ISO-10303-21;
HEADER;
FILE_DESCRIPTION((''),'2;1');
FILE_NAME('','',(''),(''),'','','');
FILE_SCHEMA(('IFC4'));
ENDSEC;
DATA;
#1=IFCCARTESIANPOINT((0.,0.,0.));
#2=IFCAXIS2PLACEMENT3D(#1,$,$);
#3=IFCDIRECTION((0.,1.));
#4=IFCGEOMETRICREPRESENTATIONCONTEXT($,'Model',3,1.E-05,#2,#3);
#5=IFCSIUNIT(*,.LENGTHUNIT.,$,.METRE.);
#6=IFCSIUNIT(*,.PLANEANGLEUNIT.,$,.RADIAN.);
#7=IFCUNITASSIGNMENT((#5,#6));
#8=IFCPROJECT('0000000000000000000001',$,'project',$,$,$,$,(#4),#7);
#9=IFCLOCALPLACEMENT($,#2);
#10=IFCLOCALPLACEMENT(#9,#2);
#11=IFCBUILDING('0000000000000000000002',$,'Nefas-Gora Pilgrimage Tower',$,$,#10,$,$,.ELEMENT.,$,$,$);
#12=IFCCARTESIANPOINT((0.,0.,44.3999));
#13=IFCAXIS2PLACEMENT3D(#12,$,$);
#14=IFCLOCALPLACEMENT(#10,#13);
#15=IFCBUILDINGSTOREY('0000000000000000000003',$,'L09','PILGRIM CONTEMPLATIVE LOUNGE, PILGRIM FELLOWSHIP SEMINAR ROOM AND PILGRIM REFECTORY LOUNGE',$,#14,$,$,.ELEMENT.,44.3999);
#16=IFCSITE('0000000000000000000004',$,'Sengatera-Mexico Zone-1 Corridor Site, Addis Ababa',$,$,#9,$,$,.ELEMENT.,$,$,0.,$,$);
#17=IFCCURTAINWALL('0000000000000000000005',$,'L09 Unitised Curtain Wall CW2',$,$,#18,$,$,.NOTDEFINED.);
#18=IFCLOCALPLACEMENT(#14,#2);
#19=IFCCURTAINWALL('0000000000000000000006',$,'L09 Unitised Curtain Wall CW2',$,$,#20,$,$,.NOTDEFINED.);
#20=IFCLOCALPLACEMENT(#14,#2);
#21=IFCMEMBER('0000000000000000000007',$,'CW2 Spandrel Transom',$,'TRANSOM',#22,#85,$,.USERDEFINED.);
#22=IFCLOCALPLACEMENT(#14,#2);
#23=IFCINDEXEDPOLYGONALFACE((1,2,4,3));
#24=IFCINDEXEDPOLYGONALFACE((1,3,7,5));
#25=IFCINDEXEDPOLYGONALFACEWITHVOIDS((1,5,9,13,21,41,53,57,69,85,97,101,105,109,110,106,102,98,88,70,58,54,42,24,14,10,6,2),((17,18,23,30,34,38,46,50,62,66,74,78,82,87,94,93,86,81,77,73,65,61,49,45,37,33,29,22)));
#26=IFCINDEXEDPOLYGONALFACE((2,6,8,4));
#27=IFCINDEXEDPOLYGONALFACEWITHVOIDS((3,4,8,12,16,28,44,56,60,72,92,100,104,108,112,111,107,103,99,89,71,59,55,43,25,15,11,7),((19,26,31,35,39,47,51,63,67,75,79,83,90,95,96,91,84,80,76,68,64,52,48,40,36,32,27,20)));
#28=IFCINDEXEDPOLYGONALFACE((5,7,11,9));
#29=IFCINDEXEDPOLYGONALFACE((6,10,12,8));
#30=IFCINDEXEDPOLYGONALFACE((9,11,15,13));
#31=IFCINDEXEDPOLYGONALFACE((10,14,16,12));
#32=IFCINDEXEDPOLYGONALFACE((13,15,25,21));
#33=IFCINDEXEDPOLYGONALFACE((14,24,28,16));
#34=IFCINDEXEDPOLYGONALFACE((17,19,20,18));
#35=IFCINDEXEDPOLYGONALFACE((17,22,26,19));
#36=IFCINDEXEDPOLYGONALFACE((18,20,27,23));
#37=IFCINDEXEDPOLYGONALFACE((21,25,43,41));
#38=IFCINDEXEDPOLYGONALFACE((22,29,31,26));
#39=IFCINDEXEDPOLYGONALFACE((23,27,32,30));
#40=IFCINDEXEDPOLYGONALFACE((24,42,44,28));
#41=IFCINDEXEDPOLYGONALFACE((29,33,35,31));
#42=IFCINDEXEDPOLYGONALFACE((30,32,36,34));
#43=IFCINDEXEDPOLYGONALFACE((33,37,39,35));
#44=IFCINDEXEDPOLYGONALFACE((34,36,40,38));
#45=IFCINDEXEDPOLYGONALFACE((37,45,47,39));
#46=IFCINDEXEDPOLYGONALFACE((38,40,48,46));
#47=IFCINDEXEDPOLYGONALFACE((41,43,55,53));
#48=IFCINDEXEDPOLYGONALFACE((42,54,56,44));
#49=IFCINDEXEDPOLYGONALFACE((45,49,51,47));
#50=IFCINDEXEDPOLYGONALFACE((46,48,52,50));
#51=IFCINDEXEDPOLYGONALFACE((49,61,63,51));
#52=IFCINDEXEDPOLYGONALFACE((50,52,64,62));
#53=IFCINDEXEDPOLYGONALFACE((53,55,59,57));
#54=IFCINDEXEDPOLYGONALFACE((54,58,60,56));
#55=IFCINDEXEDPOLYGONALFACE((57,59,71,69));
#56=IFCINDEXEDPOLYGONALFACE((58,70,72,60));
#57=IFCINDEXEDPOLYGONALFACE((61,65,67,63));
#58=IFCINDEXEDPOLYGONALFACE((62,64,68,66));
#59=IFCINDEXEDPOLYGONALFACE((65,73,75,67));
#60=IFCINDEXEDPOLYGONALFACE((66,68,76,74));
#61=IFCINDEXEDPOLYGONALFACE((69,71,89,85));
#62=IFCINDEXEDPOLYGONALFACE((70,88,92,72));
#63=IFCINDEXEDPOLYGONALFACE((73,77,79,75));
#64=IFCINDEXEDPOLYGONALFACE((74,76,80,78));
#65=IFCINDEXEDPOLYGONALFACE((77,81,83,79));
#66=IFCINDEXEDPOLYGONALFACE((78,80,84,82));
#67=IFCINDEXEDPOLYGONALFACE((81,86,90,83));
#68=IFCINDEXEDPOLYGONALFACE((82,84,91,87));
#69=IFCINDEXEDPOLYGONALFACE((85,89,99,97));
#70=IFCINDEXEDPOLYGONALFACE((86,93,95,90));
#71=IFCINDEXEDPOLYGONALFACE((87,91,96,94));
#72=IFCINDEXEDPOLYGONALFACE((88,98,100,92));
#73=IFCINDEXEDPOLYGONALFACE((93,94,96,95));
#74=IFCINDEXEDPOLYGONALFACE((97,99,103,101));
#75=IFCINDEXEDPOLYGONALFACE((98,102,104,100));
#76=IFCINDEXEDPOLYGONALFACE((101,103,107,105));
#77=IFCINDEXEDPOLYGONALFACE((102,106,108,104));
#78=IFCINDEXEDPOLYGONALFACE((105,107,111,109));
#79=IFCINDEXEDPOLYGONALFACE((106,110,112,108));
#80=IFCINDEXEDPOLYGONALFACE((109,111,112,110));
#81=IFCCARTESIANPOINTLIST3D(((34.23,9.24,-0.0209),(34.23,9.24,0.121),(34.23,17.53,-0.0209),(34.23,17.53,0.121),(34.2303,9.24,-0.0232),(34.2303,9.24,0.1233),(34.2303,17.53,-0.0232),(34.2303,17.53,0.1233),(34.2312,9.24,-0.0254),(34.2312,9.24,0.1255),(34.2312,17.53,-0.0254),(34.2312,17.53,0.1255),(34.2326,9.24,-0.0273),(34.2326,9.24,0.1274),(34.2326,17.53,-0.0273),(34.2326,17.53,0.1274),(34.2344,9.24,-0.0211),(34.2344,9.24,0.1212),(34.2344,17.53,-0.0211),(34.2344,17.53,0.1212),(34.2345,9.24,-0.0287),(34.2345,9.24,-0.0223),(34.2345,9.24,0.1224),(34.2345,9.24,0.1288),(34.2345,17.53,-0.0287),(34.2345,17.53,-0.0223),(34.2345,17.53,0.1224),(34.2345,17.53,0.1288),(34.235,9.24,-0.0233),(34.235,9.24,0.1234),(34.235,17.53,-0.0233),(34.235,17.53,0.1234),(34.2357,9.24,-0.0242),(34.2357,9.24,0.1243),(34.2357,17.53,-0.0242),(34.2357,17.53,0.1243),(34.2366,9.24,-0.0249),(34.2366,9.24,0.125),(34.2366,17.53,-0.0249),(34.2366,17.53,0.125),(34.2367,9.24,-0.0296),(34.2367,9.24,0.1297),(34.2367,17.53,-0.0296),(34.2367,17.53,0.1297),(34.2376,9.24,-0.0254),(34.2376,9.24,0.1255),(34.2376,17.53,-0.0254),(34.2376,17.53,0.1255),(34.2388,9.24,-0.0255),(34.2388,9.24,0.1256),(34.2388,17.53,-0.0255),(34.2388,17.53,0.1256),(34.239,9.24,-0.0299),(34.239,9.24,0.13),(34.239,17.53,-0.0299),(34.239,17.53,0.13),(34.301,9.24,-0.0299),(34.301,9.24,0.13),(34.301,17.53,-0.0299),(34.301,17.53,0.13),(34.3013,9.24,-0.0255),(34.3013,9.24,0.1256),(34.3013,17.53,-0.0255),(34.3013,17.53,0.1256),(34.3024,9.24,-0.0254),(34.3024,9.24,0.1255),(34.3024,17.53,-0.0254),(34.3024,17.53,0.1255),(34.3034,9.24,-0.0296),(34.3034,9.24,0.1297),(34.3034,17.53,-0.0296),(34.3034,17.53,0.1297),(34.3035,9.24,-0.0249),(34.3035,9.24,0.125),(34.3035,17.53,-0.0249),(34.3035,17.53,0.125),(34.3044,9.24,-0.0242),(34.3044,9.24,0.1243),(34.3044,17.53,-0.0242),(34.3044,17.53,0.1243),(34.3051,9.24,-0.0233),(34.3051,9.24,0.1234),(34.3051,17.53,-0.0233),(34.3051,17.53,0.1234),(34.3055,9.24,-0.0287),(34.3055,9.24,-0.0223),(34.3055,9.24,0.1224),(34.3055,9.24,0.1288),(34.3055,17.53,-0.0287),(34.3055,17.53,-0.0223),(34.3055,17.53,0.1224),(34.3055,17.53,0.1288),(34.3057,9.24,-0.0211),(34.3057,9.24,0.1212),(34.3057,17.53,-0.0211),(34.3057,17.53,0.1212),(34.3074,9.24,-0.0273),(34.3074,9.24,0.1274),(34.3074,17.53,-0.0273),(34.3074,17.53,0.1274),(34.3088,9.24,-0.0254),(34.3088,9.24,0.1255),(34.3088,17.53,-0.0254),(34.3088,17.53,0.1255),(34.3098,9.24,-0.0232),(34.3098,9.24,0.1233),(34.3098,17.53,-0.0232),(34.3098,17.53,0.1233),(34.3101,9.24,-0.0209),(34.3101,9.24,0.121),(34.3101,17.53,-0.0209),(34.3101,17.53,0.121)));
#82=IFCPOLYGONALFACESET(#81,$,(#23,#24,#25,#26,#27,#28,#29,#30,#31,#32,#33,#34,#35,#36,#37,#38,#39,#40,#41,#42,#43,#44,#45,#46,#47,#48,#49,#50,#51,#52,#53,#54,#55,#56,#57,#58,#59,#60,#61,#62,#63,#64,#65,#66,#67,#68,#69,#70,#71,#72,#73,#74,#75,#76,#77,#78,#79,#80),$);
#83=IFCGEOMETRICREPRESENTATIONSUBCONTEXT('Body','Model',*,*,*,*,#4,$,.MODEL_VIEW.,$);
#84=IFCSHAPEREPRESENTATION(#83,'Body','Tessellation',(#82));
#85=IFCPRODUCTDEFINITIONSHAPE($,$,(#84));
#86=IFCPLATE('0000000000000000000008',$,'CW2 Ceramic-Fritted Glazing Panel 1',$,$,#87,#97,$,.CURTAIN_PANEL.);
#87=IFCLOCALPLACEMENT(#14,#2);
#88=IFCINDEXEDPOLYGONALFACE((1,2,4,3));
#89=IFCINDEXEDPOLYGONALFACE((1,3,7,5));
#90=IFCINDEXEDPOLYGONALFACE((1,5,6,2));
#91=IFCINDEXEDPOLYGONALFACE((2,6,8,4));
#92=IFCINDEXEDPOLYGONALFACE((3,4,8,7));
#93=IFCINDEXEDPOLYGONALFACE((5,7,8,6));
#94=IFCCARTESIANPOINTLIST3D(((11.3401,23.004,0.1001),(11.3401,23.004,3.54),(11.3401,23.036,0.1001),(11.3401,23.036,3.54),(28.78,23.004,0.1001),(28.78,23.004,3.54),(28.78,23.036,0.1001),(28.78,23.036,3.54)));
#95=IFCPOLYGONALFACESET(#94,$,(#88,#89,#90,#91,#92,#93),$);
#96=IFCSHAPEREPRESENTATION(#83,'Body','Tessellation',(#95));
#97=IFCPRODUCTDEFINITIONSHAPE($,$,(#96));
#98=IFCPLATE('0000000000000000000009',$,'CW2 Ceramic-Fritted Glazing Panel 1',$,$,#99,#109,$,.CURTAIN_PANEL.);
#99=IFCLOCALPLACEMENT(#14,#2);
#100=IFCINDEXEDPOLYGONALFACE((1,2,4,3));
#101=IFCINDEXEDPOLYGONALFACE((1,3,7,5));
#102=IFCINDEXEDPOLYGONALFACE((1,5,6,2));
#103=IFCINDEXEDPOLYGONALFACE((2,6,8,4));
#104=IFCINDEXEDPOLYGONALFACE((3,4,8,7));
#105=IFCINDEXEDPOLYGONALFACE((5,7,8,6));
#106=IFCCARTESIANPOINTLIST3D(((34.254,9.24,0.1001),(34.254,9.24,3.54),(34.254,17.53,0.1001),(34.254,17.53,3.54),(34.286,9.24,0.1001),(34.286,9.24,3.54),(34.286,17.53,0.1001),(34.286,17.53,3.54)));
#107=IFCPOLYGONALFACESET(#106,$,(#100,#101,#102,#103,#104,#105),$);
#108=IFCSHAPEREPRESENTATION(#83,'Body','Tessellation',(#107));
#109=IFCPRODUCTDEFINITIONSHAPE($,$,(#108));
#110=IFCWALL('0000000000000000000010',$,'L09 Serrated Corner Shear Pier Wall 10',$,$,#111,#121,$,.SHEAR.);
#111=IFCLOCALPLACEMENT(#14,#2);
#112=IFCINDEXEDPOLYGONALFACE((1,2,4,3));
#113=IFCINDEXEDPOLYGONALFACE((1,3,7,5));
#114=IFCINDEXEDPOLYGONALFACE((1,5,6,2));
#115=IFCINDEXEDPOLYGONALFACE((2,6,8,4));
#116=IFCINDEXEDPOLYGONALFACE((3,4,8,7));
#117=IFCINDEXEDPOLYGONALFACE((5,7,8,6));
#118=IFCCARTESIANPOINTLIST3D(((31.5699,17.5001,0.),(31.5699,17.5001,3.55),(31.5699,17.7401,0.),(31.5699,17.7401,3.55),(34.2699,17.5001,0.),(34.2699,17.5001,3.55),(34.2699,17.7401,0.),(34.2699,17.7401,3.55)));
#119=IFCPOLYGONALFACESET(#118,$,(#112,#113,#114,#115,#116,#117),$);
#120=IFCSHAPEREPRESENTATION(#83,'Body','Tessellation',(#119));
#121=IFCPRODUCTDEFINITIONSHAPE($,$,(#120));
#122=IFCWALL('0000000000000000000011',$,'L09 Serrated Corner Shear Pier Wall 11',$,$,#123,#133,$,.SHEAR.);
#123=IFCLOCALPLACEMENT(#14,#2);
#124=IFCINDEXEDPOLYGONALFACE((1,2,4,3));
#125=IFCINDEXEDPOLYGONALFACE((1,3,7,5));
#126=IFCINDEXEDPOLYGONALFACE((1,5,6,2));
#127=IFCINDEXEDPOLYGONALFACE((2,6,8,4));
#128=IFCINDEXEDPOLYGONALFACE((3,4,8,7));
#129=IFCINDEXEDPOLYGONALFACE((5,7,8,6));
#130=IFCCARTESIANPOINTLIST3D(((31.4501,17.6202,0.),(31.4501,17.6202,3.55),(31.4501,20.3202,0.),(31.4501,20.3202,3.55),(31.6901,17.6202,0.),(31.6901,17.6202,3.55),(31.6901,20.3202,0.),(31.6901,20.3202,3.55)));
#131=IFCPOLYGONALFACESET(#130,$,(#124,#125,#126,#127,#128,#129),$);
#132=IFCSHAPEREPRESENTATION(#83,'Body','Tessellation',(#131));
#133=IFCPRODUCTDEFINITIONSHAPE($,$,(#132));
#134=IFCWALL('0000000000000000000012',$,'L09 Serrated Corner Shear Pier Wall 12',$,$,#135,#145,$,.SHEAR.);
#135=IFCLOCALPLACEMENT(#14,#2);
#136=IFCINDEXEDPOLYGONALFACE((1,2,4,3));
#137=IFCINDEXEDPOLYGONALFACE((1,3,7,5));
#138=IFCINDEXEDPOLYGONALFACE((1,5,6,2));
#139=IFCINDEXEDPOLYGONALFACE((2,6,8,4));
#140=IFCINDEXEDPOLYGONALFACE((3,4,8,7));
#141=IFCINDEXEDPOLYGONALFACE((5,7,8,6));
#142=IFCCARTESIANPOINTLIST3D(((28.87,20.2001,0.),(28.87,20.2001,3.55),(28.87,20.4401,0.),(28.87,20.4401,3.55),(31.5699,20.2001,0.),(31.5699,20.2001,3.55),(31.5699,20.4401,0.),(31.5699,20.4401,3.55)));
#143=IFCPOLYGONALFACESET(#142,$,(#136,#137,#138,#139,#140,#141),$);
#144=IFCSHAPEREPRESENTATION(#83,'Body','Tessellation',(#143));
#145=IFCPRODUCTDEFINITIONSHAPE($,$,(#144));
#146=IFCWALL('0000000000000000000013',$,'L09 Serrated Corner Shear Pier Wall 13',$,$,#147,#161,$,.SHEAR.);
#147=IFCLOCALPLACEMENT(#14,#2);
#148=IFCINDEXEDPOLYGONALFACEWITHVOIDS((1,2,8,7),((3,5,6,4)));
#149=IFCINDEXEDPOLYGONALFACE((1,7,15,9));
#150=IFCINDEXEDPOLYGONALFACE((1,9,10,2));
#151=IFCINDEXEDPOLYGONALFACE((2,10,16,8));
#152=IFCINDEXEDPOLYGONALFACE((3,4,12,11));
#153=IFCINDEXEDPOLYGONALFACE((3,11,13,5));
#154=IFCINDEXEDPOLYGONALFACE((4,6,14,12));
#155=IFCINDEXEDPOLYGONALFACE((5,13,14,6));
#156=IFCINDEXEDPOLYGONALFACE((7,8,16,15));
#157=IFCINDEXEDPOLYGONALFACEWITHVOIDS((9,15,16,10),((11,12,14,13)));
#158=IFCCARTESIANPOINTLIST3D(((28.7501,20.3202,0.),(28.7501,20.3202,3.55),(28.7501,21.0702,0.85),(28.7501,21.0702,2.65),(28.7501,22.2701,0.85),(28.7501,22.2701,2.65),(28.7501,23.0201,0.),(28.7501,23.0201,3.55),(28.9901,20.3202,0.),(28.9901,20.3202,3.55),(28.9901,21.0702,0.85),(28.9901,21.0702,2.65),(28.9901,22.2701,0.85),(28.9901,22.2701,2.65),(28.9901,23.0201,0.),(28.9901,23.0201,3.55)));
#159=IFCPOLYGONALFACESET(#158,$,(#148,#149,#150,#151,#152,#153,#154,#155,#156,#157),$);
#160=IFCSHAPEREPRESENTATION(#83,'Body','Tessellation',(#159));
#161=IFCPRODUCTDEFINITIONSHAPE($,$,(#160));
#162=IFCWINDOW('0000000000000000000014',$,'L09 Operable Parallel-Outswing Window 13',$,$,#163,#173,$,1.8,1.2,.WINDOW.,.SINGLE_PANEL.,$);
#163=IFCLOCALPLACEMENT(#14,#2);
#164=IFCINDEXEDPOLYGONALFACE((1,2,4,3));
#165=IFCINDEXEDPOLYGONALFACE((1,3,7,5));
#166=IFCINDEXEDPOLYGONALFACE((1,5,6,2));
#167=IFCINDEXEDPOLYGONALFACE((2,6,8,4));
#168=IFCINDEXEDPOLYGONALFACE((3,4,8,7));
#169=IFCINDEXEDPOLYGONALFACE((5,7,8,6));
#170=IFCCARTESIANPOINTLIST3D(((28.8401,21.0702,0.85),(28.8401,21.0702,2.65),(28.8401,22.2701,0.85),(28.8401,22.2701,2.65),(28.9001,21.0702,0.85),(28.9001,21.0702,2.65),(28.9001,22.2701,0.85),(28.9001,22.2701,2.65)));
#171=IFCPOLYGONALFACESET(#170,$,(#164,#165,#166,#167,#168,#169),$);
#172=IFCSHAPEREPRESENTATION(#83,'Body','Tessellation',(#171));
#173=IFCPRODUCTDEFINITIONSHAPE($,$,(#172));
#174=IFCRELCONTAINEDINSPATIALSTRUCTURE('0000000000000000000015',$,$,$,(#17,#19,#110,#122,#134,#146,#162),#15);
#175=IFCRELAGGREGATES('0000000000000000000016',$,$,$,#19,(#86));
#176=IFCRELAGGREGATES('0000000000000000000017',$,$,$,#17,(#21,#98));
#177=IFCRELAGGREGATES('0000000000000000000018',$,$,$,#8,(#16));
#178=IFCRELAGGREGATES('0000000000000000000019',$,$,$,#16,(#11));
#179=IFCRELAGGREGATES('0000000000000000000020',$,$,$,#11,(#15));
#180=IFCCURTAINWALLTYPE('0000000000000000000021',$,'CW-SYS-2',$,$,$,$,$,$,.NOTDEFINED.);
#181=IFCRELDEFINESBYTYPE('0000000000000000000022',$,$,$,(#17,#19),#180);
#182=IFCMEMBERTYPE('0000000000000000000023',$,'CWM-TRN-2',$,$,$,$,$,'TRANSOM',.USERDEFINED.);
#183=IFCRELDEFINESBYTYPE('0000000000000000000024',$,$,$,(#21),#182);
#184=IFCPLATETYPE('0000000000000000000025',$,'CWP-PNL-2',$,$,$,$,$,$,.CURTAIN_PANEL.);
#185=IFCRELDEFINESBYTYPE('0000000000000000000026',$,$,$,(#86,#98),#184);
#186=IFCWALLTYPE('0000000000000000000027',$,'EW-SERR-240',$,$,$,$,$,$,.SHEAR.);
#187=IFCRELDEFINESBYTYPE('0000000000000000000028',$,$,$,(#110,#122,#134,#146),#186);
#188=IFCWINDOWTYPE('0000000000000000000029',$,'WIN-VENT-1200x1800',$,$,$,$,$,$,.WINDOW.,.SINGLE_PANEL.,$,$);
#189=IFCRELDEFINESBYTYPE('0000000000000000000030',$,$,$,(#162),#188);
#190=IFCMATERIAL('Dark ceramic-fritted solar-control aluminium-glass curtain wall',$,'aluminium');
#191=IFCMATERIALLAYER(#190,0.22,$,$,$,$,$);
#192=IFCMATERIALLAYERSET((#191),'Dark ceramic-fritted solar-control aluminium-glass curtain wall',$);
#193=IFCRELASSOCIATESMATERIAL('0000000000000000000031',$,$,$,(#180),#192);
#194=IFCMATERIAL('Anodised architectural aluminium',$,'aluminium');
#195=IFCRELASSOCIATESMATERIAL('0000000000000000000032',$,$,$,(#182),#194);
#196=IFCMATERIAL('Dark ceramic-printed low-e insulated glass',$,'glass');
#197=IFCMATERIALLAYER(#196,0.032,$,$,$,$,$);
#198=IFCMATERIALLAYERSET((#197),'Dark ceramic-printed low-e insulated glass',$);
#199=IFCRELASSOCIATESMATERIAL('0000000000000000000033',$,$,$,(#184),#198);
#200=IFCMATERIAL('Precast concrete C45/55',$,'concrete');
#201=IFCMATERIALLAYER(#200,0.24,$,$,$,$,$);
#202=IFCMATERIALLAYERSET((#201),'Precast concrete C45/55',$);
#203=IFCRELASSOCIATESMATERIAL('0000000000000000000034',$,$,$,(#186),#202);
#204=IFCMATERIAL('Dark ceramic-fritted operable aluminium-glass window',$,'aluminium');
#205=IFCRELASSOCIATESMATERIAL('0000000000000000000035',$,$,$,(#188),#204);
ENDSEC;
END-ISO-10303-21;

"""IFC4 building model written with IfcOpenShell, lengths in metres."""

from ifc_helpers import new_model, si_unit, direction, frame, frame_2d, origin, origin_2d, place, context, subcontext, project, spatial, rectangle, hollow_rectangle, extrude, source, transform, mapped, material, layer, layer_set, material_profile, profile_set, type_object, element, fill, aggregate, save


model = new_model("IFC4")

# Units and contexts
model_context = context("Model", 3, precision=1e-05, world=origin(), true_north=direction((0.0, 1.0)))
body_context = subcontext(model_context, "Body", "Model", "MODEL_VIEW")
ifc_project = project(units=[si_unit("LENGTHUNIT", "METRE"), si_unit("PLANEANGLEUNIT", "RADIAN")], contexts=[model_context])

# Site, building, storey
site_placement = place(None, origin())
site = spatial("IfcSite", under=ifc_project, at=site_placement, Name="Sengatera-Mexico Zone-1 Corridor Site, Addis Ababa", CompositionType="ELEMENT", RefElevation=0.0)
building_placement = place(site_placement, origin())
building = spatial("IfcBuilding", under=site, at=building_placement, Name="Nefas-Gora Pilgrimage Tower", CompositionType="ELEMENT")
storey_placement = place(building_placement, frame((0.0, 0.0, 44.3999)))
storey = spatial("IfcBuildingStorey", under=building, at=storey_placement, Name="L09", Description="PILGRIM CONTEMPLATIVE LOUNGE, PILGRIM FELLOWSHIP SEMINAR ROOM AND PILGRIM REFECTORY LOUNGE", CompositionType="ELEMENT", Elevation=44.3999)

# Curtain walls
ifc_material_1 = material(Name="Dark ceramic-fritted solar-control aluminium-glass curtain wall", Category="aluminium")
ifc_layer_1 = layer(ifc_material_1, 0.22)
ifc_layer_set_1 = layer_set([ifc_layer_1], Name="Dark ceramic-fritted solar-control aluminium-glass curtain wall")
curtain_wall_type = type_object("IfcCurtainWallType", Name="CW-SYS-2", PredefinedType="NOTDEFINED", material=ifc_layer_set_1)
curtain_wall_1_placement = place(storey_placement, origin())
curtain_wall_1 = element("IfcCurtainWall", 1, at=curtain_wall_1_placement, inside=storey, type_object=curtain_wall_type, Name="L09 Unitised Curtain Wall CW2", PredefinedType="NOTDEFINED")
ifc_material_2 = material(Name="Anodised architectural aluminium", Category="aluminium")
curtain_wall_2_placement = place(storey_placement, origin())
curtain_wall_2 = element("IfcCurtainWall", 2, at=curtain_wall_2_placement, inside=storey, type_object=curtain_wall_type, Name="L09 Unitised Curtain Wall CW2", PredefinedType="NOTDEFINED")
ifc_material_profile_1 = material_profile(ifc_material_2, hollow_rectangle(XDim=0.0801, YDim=0.1599, WallThickness=0.0044, InnerFilletRadius=0.0044, OuterFilletRadius=0.009, at=origin_2d()), Name="ALU TRANSOM 80x160")
ifc_profile_set_1 = profile_set([ifc_material_profile_1], Name="Anodised architectural aluminium")
member_type_1 = type_object("IfcMemberType", Name="CWM-TRN-2", ElementType="TRANSOM", PredefinedType="USERDEFINED", material=ifc_profile_set_1)

# Member
shared_shape_1 = source(origin(), body_context, "Body", "SweptSolid", [
    extrude(hollow_rectangle(XDim=0.0801, YDim=0.1599, WallThickness=0.0044, InnerFilletRadius=0.0044, OuterFilletRadius=0.009, at=origin_2d()), origin(), (0.0, 0.0, 1.0), 8.29),
])
member_1_placement = place(storey_placement, frame((34.27, 9.24, 0.05), z_axis=(0.0, 1.0, 0.0), x_axis=(-1.0, 0.0, 0.0)))
member_1 = element("IfcMember", 3, at=member_1_placement, type_object=member_type_1, Name="CW2 Spandrel Transom", ObjectType="TRANSOM", PredefinedType="USERDEFINED", context=body_context, shape_type="MappedRepresentation", body=[
    mapped(shared_shape_1, transform((0.0, 0.0, 0.0), x_axis=(1.0, 0.0, 0.0), y_axis=(0.0, 1.0, 0.0), z_axis=(0.0, 0.0, 1.0), scale=1.0)),
])

# Plates
ifc_material_3 = material(Name="Dark ceramic-printed low-e insulated glass", Category="glass")
ifc_layer_2 = layer(ifc_material_3, 0.032)
ifc_layer_set_2 = layer_set([ifc_layer_2], Name="Dark ceramic-printed low-e insulated glass")
plate_type = type_object("IfcPlateType", Name="CWP-PNL-2", PredefinedType="CURTAIN_PANEL", material=ifc_layer_set_2)
shared_shape_2 = source(origin(), body_context, "Body", "SweptSolid", [
    extrude(rectangle(XDim=17.4399, YDim=0.032, at=origin_2d()), origin(), (0.0, 0.0, 1.0), 3.4399),
])
plate_1_placement = place(storey_placement, frame((20.0601, 23.02, 0.1001), z_axis=(0.0, 0.0, 1.0), x_axis=(-1.0, 0.0, 0.0)))
plate_1 = element("IfcPlate", 4, at=plate_1_placement, type_object=plate_type, Name="CW2 Ceramic-Fritted Glazing Panel 1", PredefinedType="CURTAIN_PANEL", context=body_context, shape_type="MappedRepresentation", body=[
    mapped(shared_shape_2, transform((0.0, 0.0, 0.0), x_axis=(1.0, 0.0, 0.0), y_axis=(0.0, 1.0, 0.0), z_axis=(0.0, 0.0, 1.0), scale=1.0)),
])
aggregate(curtain_wall_2, [plate_1])
shared_shape_3 = source(origin(), body_context, "Body", "SweptSolid", [
    extrude(rectangle(XDim=8.29, YDim=0.032, at=origin_2d()), origin(), (0.0, 0.0, 1.0), 3.4399),
])
plate_2_placement = place(storey_placement, frame((34.27, 13.385, 0.1001), z_axis=(0.0, 0.0, 1.0), x_axis=(0.0, 1.0, 0.0)))
plate_2 = element("IfcPlate", 5, at=plate_2_placement, type_object=plate_type, Name="CW2 Ceramic-Fritted Glazing Panel 1", PredefinedType="CURTAIN_PANEL", context=body_context, shape_type="MappedRepresentation", body=[
    mapped(shared_shape_3, transform((0.0, 0.0, 0.0), x_axis=(1.0, 0.0, 0.0), y_axis=(0.0, 1.0, 0.0), z_axis=(0.0, 0.0, 1.0), scale=1.0)),
])
aggregate(curtain_wall_1, [member_1, plate_2])

# Walls
ifc_material_4 = material(Name="Precast concrete C45/55", Category="concrete")
ifc_layer_3 = layer(ifc_material_4, 0.24)
ifc_layer_set_3 = layer_set([ifc_layer_3], Name="Precast concrete C45/55")
wall_type = type_object("IfcWallType", Name="EW-SERR-240", PredefinedType="SHEAR", material=ifc_layer_set_3)
shared_shape_4 = source(origin(), body_context, "Body", "SweptSolid", [
    extrude(rectangle(XDim=2.7, YDim=0.24, at=frame_2d((1.3501, 0.0))), origin(), (0.0, 0.0, 1.0), 3.55),
])
for number, where, z_axis, x_axis, name in (
    (6, (34.27, 17.6201, 0.0), (0.0, 0.0, 1.0), (-1.0, 0.0, 0.0), "L09 Serrated Corner Shear Pier Wall 10"),
    (7, (31.5701, 17.6201, 0.0), (0.0, 0.0, 1.0), (0.0, 1.0, 0.0), "L09 Serrated Corner Shear Pier Wall 11"),
    (8, (31.5701, 20.3201, 0.0), (0.0, 0.0, 1.0), (-1.0, 0.0, 0.0), "L09 Serrated Corner Shear Pier Wall 12"),
):
    element("IfcWall", number, at=place(storey_placement, frame(where, z_axis=z_axis, x_axis=x_axis)), inside=storey, type_object=wall_type, Name=name, PredefinedType="SHEAR", context=body_context, shape_type="MappedRepresentation", body=[
        mapped(shared_shape_4, transform((0.0, 0.0, 0.0), x_axis=(1.0, 0.0, 0.0), y_axis=(0.0, 1.0, 0.0), z_axis=(0.0, 0.0, 1.0), scale=1.0)),
    ])

# Wall, opening, window
wall_placement = place(storey_placement, frame((28.8701, 20.3201, 0.0), z_axis=(0.0, 0.0, 1.0), x_axis=(0.0, 1.0, 0.0)))
wall = element("IfcWall", 9, at=wall_placement, inside=storey, type_object=wall_type, Name="L09 Serrated Corner Shear Pier Wall 13", PredefinedType="SHEAR", context=body_context, shape_type="MappedRepresentation", body=[
    mapped(shared_shape_4, transform((0.0, 0.0, 0.0), x_axis=(1.0, 0.0, 0.0), y_axis=(0.0, 1.0, 0.0), z_axis=(0.0, 0.0, 1.0), scale=1.0)),
])
opening_placement = place(wall_placement, frame((0.75, 0.0, 0.8501)))
opening = element("IfcOpeningElement", 10, at=opening_placement, cuts=wall, PredefinedType="OPENING", context=body_context, shape_type="SweptSolid", body=[
    extrude(rectangle(XDim=1.2, YDim=1.8, at=frame_2d((0.6001, 0.8999))), frame((0.0, 0.1299, 0.0), z_axis=(0.0, -1.0, 0.0), x_axis=(1.0, 0.0, 0.0)), (0.0, 0.0, 1.0), 0.26),
])
ifc_material_5 = material(Name="Dark ceramic-fritted operable aluminium-glass window", Category="aluminium")
window_type = type_object("IfcWindowType", Name="WIN-VENT-1200x1800", PartitioningType="SINGLE_PANEL", PredefinedType="WINDOW", material=ifc_material_5)
shared_shape_5 = source(origin(), body_context, "Body", "SweptSolid", [
    extrude(rectangle(XDim=1.2, YDim=1.8, at=frame_2d((0.6001, 0.8999))), frame((0.0, 0.03, 0.0), z_axis=(0.0, -1.0, 0.0), x_axis=(1.0, 0.0, 0.0)), (0.0, 0.0, 1.0), 0.0601),
])
window_placement = place(opening_placement, origin())
window = element("IfcWindow", 11, at=window_placement, inside=storey, type_object=window_type, Name="L09 Operable Parallel-Outswing Window 13", OverallHeight=1.8, OverallWidth=1.2, PartitioningType="SINGLE_PANEL", PredefinedType="WINDOW", context=body_context, shape_type="MappedRepresentation", body=[
    mapped(shared_shape_5, transform((0.0, 0.0, 0.0), x_axis=(1.0, 0.0, 0.0), y_axis=(0.0, 1.0, 0.0), z_axis=(0.0, 0.0, 1.0), scale=1.0)),
])
fill(opening, window)

save(model, "model.ifc")
